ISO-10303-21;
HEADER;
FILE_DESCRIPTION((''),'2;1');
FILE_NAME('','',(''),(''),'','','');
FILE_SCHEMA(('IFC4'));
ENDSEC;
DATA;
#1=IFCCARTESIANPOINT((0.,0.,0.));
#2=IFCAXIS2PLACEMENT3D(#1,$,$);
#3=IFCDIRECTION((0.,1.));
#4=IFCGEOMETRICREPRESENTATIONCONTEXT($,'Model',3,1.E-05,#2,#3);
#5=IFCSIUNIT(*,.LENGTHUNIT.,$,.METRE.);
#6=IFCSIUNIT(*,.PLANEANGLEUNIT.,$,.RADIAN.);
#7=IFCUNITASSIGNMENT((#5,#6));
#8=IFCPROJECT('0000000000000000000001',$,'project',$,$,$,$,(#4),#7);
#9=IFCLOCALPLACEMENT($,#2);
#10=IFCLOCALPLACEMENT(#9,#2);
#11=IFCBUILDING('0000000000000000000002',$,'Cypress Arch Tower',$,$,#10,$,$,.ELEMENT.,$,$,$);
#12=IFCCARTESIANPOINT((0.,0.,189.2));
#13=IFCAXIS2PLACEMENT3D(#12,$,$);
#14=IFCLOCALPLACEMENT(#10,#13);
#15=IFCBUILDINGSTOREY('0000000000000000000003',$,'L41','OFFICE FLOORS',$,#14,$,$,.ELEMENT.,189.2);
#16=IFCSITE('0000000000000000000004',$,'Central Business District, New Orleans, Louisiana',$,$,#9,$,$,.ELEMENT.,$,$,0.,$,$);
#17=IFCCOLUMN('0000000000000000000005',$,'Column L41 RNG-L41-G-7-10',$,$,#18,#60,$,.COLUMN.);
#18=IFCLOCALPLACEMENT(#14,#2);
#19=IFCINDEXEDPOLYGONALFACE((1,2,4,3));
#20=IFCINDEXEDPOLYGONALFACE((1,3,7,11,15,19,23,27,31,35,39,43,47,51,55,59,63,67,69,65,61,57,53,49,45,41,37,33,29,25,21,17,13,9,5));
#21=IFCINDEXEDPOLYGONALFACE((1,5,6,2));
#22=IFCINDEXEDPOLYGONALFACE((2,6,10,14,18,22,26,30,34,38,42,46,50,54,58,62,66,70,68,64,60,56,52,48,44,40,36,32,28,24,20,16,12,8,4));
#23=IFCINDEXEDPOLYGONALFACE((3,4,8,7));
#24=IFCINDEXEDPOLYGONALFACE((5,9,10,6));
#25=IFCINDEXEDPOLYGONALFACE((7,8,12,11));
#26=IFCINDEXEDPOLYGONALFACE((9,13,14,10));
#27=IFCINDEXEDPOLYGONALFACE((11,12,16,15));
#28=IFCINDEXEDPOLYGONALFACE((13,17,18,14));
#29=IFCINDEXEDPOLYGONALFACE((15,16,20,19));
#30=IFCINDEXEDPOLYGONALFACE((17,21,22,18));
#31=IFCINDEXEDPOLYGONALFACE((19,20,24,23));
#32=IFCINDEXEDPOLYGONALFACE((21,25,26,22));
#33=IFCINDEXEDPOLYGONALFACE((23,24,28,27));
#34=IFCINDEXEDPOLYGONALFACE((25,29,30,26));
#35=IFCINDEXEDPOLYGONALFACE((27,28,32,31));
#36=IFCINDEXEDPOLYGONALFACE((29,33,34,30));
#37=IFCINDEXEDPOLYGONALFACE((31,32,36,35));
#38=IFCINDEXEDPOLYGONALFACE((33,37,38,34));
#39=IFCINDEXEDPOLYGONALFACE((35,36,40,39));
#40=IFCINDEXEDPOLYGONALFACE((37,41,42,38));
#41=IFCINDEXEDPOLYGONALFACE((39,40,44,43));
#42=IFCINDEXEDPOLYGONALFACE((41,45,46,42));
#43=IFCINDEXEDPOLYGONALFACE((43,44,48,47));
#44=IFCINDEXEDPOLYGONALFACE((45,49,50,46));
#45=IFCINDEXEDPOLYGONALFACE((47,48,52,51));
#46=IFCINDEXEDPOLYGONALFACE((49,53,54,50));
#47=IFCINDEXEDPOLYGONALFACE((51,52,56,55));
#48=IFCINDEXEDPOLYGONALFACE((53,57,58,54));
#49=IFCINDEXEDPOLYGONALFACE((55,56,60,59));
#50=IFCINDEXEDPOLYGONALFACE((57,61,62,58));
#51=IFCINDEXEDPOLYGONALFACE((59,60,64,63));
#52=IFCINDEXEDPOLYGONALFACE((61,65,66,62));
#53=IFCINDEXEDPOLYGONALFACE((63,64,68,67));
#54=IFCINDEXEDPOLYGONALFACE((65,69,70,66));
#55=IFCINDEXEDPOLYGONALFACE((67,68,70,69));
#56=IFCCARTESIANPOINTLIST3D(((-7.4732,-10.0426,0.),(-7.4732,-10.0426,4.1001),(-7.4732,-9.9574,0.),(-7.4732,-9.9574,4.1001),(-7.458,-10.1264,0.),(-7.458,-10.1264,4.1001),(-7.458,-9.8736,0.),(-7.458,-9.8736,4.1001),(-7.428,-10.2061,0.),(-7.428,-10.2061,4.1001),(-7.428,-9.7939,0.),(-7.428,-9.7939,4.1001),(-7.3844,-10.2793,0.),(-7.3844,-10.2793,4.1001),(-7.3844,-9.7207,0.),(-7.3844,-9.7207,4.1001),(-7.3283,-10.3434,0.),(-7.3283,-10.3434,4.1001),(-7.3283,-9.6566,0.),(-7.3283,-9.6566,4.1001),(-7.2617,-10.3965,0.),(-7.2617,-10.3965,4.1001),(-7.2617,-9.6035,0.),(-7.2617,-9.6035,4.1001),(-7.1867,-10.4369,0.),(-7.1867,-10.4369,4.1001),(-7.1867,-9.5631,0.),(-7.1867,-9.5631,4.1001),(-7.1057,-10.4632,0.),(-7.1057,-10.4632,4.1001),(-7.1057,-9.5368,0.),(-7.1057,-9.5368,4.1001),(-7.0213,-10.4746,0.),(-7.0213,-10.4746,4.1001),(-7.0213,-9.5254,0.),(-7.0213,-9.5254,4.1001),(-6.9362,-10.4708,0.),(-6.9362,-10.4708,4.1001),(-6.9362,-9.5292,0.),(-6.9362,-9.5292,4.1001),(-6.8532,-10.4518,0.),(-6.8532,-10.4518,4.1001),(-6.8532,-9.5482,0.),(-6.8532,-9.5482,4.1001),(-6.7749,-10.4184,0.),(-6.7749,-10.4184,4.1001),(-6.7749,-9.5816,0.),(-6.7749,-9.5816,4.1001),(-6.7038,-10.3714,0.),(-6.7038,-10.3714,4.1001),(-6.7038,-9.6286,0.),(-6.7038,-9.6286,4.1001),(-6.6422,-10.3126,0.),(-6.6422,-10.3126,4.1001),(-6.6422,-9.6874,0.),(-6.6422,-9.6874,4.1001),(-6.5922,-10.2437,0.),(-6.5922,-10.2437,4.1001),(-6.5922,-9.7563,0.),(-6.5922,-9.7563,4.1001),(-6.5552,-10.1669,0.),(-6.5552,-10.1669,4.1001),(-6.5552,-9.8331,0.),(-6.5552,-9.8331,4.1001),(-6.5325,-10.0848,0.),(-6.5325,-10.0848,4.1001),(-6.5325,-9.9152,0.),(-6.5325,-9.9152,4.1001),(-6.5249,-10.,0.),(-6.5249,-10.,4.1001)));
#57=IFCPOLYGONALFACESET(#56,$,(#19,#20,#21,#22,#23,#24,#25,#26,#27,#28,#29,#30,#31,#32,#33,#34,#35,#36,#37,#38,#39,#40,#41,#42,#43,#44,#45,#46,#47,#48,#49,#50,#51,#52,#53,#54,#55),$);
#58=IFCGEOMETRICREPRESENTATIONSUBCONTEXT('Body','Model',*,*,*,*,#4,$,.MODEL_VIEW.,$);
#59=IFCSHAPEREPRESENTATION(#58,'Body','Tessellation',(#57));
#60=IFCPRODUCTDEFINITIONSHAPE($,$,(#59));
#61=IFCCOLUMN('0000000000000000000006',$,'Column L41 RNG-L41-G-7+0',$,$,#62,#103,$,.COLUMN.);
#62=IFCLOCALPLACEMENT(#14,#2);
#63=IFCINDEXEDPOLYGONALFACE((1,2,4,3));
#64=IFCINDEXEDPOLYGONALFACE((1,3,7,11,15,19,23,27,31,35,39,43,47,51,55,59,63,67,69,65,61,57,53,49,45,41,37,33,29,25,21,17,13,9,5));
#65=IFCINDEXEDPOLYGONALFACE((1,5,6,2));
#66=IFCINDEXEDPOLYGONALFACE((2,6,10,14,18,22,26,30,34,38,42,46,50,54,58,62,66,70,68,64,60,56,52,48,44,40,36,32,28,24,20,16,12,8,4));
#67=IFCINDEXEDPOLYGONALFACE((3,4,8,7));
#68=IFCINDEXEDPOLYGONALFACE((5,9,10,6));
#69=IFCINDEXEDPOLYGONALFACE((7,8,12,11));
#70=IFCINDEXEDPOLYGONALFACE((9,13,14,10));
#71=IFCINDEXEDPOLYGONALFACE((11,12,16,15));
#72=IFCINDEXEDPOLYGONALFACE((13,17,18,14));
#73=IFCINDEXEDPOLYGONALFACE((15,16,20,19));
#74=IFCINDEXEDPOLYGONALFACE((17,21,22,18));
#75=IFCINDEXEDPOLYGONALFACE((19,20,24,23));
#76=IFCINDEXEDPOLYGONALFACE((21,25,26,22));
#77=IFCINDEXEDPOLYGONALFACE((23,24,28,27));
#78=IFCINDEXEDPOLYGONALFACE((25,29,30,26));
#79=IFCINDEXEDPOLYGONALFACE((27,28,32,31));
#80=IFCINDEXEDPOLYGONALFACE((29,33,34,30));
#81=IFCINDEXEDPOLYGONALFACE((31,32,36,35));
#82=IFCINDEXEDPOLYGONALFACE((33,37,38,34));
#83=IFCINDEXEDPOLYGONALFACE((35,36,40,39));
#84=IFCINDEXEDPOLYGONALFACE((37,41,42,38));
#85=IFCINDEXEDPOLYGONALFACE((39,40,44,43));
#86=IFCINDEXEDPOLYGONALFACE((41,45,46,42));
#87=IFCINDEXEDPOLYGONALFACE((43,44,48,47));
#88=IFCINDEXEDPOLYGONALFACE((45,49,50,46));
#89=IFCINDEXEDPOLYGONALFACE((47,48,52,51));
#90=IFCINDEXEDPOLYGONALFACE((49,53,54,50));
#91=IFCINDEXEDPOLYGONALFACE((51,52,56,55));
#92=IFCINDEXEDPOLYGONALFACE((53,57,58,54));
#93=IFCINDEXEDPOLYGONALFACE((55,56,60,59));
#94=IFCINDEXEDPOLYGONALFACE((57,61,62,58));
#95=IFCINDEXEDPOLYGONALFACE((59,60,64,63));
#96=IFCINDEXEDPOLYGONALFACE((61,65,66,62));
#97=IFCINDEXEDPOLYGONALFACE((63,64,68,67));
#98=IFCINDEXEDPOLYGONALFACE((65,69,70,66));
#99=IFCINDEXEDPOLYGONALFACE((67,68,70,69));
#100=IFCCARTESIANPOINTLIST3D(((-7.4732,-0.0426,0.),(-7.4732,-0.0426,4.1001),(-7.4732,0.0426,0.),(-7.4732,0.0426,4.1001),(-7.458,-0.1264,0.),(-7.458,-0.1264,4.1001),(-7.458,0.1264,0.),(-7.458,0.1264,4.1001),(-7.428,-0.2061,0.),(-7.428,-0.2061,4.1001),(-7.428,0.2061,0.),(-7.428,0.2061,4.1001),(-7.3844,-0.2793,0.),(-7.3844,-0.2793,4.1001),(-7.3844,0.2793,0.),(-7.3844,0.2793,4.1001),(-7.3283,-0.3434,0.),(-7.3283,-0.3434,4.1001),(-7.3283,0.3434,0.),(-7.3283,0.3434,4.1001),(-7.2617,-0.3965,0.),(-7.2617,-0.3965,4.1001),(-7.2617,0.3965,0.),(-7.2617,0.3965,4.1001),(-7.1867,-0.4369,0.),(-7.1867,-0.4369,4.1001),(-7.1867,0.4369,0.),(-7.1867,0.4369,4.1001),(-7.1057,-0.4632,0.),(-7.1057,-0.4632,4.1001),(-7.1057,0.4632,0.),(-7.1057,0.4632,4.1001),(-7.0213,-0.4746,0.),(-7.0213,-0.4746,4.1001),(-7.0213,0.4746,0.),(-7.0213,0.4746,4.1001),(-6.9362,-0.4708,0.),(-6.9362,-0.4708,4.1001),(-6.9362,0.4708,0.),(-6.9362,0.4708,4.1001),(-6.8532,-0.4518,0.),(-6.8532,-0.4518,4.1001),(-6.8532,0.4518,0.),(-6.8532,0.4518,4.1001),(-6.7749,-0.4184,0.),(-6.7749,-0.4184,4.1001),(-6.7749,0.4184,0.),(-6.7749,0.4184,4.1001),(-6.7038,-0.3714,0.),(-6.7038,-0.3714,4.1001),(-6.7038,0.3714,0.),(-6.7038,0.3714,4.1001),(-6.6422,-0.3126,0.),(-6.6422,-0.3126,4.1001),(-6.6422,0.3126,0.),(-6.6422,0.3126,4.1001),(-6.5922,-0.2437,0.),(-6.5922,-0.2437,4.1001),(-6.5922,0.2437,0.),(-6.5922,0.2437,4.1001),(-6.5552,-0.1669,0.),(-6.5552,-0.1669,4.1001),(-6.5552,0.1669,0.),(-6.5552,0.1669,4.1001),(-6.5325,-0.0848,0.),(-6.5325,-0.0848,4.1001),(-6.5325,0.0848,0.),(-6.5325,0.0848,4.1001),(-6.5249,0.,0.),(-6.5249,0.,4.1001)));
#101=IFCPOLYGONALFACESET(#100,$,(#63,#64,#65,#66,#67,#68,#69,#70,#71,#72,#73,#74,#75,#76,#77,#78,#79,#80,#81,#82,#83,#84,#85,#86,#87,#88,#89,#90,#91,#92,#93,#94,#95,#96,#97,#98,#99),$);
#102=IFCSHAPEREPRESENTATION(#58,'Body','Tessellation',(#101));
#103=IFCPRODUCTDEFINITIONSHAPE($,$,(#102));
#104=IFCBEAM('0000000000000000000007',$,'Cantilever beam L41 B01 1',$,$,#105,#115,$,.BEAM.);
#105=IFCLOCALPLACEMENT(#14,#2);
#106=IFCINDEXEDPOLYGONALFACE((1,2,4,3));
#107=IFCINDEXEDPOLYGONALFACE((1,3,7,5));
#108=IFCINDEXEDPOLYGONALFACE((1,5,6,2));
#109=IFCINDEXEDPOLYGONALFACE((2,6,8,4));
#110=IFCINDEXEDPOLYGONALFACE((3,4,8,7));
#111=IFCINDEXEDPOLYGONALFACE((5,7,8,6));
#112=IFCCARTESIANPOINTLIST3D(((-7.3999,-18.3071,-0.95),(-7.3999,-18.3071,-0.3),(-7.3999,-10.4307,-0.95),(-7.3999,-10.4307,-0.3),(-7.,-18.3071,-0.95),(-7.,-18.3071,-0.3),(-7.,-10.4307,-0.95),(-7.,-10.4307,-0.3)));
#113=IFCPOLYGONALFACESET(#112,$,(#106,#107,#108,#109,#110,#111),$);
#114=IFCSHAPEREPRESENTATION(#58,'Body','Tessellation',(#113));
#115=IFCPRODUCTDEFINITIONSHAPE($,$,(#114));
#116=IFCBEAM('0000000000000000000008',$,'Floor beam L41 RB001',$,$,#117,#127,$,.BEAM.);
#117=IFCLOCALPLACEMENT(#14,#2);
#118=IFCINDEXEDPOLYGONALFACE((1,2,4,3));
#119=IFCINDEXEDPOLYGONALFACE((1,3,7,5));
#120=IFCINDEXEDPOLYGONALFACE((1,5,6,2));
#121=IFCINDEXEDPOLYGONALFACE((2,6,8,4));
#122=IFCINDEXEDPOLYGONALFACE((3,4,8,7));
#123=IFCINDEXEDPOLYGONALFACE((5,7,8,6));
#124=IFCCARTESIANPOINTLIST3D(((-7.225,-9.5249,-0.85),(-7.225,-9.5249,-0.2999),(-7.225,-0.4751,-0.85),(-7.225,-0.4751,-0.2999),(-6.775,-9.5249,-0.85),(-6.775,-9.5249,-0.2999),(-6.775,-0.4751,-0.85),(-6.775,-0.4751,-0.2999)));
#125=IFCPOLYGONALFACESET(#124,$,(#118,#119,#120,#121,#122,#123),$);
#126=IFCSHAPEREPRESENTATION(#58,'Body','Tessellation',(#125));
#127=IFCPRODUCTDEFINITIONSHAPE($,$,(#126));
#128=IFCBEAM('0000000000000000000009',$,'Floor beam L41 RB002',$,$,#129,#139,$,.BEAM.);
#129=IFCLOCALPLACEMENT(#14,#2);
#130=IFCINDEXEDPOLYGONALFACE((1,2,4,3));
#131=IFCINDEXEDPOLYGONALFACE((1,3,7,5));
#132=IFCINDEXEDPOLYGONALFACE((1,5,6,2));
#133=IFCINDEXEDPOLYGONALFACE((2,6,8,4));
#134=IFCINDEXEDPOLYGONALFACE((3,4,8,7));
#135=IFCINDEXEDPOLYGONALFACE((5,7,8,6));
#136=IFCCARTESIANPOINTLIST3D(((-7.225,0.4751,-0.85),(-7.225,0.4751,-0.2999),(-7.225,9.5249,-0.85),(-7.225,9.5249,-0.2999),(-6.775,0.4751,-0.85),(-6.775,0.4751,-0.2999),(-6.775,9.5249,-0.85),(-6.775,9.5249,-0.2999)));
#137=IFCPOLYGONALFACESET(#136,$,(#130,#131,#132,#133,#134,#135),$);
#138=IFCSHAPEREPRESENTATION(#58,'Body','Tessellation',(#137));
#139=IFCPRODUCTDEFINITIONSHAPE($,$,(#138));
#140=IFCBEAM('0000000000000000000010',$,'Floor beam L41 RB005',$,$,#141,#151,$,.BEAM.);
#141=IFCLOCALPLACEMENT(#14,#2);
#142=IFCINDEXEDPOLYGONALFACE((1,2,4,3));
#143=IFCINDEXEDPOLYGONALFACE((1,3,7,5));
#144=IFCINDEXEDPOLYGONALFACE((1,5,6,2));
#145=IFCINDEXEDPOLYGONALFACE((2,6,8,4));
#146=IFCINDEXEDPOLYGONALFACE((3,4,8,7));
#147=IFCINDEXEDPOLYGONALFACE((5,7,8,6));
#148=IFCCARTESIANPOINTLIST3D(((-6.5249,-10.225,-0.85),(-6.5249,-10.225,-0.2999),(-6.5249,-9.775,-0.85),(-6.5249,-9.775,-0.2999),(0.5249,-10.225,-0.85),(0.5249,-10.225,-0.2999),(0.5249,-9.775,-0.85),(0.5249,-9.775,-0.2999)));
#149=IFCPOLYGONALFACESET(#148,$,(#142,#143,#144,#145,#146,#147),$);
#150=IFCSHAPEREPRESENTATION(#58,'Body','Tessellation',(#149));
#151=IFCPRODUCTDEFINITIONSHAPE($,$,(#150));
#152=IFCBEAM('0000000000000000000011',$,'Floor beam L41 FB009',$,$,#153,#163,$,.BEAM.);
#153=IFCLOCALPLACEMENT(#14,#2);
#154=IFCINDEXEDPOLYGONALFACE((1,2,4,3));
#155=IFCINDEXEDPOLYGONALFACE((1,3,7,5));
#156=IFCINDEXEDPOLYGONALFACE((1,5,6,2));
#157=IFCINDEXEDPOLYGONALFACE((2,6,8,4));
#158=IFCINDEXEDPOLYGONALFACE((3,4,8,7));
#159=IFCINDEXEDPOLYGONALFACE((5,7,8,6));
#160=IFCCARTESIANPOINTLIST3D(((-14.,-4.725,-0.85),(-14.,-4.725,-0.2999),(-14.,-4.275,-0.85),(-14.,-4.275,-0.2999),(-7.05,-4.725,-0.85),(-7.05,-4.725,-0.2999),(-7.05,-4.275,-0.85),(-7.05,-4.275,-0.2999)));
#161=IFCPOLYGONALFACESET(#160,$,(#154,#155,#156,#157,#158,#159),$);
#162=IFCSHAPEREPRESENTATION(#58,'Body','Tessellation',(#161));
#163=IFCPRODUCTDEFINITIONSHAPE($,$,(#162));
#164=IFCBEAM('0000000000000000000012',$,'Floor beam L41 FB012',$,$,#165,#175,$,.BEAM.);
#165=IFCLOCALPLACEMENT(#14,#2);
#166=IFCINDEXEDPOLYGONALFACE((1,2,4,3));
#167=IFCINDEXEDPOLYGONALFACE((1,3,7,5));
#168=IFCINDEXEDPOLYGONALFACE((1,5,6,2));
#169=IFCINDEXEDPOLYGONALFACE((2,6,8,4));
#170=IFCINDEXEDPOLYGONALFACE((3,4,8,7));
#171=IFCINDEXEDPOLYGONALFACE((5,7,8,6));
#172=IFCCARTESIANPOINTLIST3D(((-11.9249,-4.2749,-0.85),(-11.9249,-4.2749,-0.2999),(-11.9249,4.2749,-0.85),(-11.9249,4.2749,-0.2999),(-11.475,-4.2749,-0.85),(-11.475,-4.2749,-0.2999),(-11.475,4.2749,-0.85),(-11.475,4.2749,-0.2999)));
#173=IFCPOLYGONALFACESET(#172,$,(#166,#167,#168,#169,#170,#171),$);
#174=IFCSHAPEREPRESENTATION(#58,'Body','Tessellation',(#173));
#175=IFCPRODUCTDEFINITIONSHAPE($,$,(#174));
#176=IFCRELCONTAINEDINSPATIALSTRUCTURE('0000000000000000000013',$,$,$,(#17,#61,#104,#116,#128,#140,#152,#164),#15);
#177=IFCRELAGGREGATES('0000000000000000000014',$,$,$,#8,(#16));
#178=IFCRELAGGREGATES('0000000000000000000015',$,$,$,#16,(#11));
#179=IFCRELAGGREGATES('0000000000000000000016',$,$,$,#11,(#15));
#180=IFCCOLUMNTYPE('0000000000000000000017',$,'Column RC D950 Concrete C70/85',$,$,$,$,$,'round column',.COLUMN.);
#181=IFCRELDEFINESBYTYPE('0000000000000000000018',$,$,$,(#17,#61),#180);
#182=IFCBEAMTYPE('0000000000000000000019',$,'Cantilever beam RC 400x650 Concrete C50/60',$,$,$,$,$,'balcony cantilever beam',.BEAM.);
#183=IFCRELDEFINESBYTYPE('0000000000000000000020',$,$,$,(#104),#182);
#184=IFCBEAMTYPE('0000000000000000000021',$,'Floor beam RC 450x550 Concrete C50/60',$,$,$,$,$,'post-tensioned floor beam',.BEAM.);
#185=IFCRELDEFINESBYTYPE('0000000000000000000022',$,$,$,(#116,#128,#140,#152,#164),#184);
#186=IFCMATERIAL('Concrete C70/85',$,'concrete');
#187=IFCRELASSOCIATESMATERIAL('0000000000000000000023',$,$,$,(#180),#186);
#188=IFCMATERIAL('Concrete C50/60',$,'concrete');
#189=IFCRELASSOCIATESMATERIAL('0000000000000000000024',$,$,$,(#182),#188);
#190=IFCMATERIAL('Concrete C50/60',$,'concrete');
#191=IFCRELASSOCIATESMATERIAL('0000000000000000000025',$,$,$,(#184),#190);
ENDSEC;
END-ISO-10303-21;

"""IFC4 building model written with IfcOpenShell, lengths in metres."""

from ifc_helpers import new_model, si_unit, direction, frame, origin, origin_2d, place, context, subcontext, project, spatial, rectangle, circle, extrude, material, material_profile, profile_set, type_object, element, save


model = new_model("IFC4")

# Units and contexts
model_context = context("Model", 3, precision=1e-05, world=origin(), true_north=direction((0.0, 1.0)))
body_context = subcontext(model_context, "Body", "Model", "MODEL_VIEW")
ifc_project = project(units=[si_unit("LENGTHUNIT", "METRE"), si_unit("PLANEANGLEUNIT", "RADIAN")], contexts=[model_context])

# Site, building, storey
site_placement = place(None, origin())
site = spatial("IfcSite", under=ifc_project, at=site_placement, Name="Central Business District, New Orleans, Louisiana", CompositionType="ELEMENT", RefElevation=0.0)
building_placement = place(site_placement, origin())
building = spatial("IfcBuilding", under=site, at=building_placement, Name="Cypress Arch Tower", CompositionType="ELEMENT")
storey_placement = place(building_placement, frame((0.0, 0.0, 189.2)))
storey = spatial("IfcBuildingStorey", under=building, at=storey_placement, Name="L41", Description="OFFICE FLOORS", CompositionType="ELEMENT", Elevation=189.2)

# Columns
ifc_material_1 = material(Name="Concrete C70/85", Category="concrete")
ifc_material_profile_1 = material_profile(ifc_material_1, circle(Radius=0.4751, at=origin_2d()), Name="RC D950")
ifc_profile_set_1 = profile_set([ifc_material_profile_1], Name="Concrete C70/85")
column_type = type_object("IfcColumnType", Name="Column RC D950 Concrete C70/85", ElementType="round column", PredefinedType="COLUMN", material=ifc_profile_set_1)
for number, where, z_axis, x_axis, name in (
    (1, (-7.0, -10.0, 0.0), (0.0, 0.0, 1.0), (1.0, 0.0, 0.0), "Column L41 RNG-L41-G-7-10"),
    (2, (-7.0, 0.0, 0.0), (0.0, 0.0, 1.0), (1.0, 0.0, 0.0), "Column L41 RNG-L41-G-7+0"),
):
    element("IfcColumn", number, at=place(storey_placement, frame(where, z_axis=z_axis, x_axis=x_axis)), inside=storey, type_object=column_type, Name=name, PredefinedType="COLUMN", context=body_context, shape_type="SweptSolid", body=[
        extrude(circle(Radius=0.4751, at=origin_2d()), origin(), (0.0, 0.0, 1.0), 4.1001),
    ])

# Beams
ifc_material_2 = material(Name="Concrete C50/60", Category="concrete")
ifc_material_profile_2 = material_profile(ifc_material_2, rectangle(XDim=0.3999, YDim=0.6499, at=origin_2d()), Name="RC 400x650")
ifc_profile_set_2 = profile_set([ifc_material_profile_2], Name="Concrete C50/60")
beam_type_1 = type_object("IfcBeamType", Name="Cantilever beam RC 400x650 Concrete C50/60", ElementType="balcony cantilever beam", PredefinedType="BEAM", material=ifc_profile_set_2)
beam_1_placement = place(storey_placement, frame((-7.2, -10.4307, -0.625), z_axis=(0.0, -1.0, 0.0), x_axis=(1.0, 0.0, 0.0)))
element("IfcBeam", 3, at=beam_1_placement, inside=storey, type_object=beam_type_1, Name="Cantilever beam L41 B01 1", PredefinedType="BEAM", context=body_context, shape_type="SweptSolid", body=[
    extrude(rectangle(XDim=0.3999, YDim=0.6499, at=origin_2d()), origin(), (0.0, 0.0, 1.0), 7.8765),
])
ifc_material_3 = material(Name="Concrete C50/60", Category="concrete")
ifc_material_profile_3 = material_profile(ifc_material_3, rectangle(XDim=0.45, YDim=0.55, at=origin_2d()), Name="RC 450x550")
ifc_profile_set_3 = profile_set([ifc_material_profile_3], Name="Concrete C50/60")
beam_type_2 = type_object("IfcBeamType", Name="Floor beam RC 450x550 Concrete C50/60", ElementType="post-tensioned floor beam", PredefinedType="BEAM", material=ifc_profile_set_3)
for number, where, z_axis, x_axis, name in (
    (4, (-7.0, -9.5249, -0.575), (0.0, 1.0, 0.0), (-1.0, 0.0, 0.0), "Floor beam L41 RB001"),
    (5, (-7.0, 0.4751, -0.575), (0.0, 1.0, 0.0), (-1.0, 0.0, 0.0), "Floor beam L41 RB002"),
):
    element("IfcBeam", number, at=place(storey_placement, frame(where, z_axis=z_axis, x_axis=x_axis)), inside=storey, type_object=beam_type_2, Name=name, PredefinedType="BEAM", context=body_context, shape_type="SweptSolid", body=[
        extrude(rectangle(XDim=0.45, YDim=0.55, at=origin_2d()), origin(), (0.0, 0.0, 1.0), 9.0498),
    ])
beam_2_placement = place(storey_placement, frame((-6.5249, -10.0, -0.575), z_axis=(1.0, 0.0, 0.0), x_axis=(0.0, 1.0, 0.0)))
element("IfcBeam", 6, at=beam_2_placement, inside=storey, type_object=beam_type_2, Name="Floor beam L41 RB005", PredefinedType="BEAM", context=body_context, shape_type="SweptSolid", body=[
    extrude(rectangle(XDim=0.45, YDim=0.55, at=origin_2d()), origin(), (0.0, 0.0, 1.0), 7.0498),
])
beam_3_placement = place(storey_placement, frame((-14.0, -4.5, -0.575), z_axis=(1.0, 0.0, 0.0), x_axis=(0.0, 1.0, 0.0)))
element("IfcBeam", 7, at=beam_3_placement, inside=storey, type_object=beam_type_2, Name="Floor beam L41 FB009", PredefinedType="BEAM", context=body_context, shape_type="SweptSolid", body=[
    extrude(rectangle(XDim=0.45, YDim=0.55, at=origin_2d()), origin(), (0.0, 0.0, 1.0), 6.95),
])
beam_4_placement = place(storey_placement, frame((-11.7, -4.2749, -0.575), z_axis=(0.0, 1.0, 0.0), x_axis=(-1.0, 0.0, 0.0)))
element("IfcBeam", 8, at=beam_4_placement, inside=storey, type_object=beam_type_2, Name="Floor beam L41 FB012", PredefinedType="BEAM", context=body_context, shape_type="SweptSolid", body=[
    extrude(rectangle(XDim=0.45, YDim=0.55, at=origin_2d()), origin(), (0.0, 0.0, 1.0), 8.5498),
])

save(model, "model.ifc")
